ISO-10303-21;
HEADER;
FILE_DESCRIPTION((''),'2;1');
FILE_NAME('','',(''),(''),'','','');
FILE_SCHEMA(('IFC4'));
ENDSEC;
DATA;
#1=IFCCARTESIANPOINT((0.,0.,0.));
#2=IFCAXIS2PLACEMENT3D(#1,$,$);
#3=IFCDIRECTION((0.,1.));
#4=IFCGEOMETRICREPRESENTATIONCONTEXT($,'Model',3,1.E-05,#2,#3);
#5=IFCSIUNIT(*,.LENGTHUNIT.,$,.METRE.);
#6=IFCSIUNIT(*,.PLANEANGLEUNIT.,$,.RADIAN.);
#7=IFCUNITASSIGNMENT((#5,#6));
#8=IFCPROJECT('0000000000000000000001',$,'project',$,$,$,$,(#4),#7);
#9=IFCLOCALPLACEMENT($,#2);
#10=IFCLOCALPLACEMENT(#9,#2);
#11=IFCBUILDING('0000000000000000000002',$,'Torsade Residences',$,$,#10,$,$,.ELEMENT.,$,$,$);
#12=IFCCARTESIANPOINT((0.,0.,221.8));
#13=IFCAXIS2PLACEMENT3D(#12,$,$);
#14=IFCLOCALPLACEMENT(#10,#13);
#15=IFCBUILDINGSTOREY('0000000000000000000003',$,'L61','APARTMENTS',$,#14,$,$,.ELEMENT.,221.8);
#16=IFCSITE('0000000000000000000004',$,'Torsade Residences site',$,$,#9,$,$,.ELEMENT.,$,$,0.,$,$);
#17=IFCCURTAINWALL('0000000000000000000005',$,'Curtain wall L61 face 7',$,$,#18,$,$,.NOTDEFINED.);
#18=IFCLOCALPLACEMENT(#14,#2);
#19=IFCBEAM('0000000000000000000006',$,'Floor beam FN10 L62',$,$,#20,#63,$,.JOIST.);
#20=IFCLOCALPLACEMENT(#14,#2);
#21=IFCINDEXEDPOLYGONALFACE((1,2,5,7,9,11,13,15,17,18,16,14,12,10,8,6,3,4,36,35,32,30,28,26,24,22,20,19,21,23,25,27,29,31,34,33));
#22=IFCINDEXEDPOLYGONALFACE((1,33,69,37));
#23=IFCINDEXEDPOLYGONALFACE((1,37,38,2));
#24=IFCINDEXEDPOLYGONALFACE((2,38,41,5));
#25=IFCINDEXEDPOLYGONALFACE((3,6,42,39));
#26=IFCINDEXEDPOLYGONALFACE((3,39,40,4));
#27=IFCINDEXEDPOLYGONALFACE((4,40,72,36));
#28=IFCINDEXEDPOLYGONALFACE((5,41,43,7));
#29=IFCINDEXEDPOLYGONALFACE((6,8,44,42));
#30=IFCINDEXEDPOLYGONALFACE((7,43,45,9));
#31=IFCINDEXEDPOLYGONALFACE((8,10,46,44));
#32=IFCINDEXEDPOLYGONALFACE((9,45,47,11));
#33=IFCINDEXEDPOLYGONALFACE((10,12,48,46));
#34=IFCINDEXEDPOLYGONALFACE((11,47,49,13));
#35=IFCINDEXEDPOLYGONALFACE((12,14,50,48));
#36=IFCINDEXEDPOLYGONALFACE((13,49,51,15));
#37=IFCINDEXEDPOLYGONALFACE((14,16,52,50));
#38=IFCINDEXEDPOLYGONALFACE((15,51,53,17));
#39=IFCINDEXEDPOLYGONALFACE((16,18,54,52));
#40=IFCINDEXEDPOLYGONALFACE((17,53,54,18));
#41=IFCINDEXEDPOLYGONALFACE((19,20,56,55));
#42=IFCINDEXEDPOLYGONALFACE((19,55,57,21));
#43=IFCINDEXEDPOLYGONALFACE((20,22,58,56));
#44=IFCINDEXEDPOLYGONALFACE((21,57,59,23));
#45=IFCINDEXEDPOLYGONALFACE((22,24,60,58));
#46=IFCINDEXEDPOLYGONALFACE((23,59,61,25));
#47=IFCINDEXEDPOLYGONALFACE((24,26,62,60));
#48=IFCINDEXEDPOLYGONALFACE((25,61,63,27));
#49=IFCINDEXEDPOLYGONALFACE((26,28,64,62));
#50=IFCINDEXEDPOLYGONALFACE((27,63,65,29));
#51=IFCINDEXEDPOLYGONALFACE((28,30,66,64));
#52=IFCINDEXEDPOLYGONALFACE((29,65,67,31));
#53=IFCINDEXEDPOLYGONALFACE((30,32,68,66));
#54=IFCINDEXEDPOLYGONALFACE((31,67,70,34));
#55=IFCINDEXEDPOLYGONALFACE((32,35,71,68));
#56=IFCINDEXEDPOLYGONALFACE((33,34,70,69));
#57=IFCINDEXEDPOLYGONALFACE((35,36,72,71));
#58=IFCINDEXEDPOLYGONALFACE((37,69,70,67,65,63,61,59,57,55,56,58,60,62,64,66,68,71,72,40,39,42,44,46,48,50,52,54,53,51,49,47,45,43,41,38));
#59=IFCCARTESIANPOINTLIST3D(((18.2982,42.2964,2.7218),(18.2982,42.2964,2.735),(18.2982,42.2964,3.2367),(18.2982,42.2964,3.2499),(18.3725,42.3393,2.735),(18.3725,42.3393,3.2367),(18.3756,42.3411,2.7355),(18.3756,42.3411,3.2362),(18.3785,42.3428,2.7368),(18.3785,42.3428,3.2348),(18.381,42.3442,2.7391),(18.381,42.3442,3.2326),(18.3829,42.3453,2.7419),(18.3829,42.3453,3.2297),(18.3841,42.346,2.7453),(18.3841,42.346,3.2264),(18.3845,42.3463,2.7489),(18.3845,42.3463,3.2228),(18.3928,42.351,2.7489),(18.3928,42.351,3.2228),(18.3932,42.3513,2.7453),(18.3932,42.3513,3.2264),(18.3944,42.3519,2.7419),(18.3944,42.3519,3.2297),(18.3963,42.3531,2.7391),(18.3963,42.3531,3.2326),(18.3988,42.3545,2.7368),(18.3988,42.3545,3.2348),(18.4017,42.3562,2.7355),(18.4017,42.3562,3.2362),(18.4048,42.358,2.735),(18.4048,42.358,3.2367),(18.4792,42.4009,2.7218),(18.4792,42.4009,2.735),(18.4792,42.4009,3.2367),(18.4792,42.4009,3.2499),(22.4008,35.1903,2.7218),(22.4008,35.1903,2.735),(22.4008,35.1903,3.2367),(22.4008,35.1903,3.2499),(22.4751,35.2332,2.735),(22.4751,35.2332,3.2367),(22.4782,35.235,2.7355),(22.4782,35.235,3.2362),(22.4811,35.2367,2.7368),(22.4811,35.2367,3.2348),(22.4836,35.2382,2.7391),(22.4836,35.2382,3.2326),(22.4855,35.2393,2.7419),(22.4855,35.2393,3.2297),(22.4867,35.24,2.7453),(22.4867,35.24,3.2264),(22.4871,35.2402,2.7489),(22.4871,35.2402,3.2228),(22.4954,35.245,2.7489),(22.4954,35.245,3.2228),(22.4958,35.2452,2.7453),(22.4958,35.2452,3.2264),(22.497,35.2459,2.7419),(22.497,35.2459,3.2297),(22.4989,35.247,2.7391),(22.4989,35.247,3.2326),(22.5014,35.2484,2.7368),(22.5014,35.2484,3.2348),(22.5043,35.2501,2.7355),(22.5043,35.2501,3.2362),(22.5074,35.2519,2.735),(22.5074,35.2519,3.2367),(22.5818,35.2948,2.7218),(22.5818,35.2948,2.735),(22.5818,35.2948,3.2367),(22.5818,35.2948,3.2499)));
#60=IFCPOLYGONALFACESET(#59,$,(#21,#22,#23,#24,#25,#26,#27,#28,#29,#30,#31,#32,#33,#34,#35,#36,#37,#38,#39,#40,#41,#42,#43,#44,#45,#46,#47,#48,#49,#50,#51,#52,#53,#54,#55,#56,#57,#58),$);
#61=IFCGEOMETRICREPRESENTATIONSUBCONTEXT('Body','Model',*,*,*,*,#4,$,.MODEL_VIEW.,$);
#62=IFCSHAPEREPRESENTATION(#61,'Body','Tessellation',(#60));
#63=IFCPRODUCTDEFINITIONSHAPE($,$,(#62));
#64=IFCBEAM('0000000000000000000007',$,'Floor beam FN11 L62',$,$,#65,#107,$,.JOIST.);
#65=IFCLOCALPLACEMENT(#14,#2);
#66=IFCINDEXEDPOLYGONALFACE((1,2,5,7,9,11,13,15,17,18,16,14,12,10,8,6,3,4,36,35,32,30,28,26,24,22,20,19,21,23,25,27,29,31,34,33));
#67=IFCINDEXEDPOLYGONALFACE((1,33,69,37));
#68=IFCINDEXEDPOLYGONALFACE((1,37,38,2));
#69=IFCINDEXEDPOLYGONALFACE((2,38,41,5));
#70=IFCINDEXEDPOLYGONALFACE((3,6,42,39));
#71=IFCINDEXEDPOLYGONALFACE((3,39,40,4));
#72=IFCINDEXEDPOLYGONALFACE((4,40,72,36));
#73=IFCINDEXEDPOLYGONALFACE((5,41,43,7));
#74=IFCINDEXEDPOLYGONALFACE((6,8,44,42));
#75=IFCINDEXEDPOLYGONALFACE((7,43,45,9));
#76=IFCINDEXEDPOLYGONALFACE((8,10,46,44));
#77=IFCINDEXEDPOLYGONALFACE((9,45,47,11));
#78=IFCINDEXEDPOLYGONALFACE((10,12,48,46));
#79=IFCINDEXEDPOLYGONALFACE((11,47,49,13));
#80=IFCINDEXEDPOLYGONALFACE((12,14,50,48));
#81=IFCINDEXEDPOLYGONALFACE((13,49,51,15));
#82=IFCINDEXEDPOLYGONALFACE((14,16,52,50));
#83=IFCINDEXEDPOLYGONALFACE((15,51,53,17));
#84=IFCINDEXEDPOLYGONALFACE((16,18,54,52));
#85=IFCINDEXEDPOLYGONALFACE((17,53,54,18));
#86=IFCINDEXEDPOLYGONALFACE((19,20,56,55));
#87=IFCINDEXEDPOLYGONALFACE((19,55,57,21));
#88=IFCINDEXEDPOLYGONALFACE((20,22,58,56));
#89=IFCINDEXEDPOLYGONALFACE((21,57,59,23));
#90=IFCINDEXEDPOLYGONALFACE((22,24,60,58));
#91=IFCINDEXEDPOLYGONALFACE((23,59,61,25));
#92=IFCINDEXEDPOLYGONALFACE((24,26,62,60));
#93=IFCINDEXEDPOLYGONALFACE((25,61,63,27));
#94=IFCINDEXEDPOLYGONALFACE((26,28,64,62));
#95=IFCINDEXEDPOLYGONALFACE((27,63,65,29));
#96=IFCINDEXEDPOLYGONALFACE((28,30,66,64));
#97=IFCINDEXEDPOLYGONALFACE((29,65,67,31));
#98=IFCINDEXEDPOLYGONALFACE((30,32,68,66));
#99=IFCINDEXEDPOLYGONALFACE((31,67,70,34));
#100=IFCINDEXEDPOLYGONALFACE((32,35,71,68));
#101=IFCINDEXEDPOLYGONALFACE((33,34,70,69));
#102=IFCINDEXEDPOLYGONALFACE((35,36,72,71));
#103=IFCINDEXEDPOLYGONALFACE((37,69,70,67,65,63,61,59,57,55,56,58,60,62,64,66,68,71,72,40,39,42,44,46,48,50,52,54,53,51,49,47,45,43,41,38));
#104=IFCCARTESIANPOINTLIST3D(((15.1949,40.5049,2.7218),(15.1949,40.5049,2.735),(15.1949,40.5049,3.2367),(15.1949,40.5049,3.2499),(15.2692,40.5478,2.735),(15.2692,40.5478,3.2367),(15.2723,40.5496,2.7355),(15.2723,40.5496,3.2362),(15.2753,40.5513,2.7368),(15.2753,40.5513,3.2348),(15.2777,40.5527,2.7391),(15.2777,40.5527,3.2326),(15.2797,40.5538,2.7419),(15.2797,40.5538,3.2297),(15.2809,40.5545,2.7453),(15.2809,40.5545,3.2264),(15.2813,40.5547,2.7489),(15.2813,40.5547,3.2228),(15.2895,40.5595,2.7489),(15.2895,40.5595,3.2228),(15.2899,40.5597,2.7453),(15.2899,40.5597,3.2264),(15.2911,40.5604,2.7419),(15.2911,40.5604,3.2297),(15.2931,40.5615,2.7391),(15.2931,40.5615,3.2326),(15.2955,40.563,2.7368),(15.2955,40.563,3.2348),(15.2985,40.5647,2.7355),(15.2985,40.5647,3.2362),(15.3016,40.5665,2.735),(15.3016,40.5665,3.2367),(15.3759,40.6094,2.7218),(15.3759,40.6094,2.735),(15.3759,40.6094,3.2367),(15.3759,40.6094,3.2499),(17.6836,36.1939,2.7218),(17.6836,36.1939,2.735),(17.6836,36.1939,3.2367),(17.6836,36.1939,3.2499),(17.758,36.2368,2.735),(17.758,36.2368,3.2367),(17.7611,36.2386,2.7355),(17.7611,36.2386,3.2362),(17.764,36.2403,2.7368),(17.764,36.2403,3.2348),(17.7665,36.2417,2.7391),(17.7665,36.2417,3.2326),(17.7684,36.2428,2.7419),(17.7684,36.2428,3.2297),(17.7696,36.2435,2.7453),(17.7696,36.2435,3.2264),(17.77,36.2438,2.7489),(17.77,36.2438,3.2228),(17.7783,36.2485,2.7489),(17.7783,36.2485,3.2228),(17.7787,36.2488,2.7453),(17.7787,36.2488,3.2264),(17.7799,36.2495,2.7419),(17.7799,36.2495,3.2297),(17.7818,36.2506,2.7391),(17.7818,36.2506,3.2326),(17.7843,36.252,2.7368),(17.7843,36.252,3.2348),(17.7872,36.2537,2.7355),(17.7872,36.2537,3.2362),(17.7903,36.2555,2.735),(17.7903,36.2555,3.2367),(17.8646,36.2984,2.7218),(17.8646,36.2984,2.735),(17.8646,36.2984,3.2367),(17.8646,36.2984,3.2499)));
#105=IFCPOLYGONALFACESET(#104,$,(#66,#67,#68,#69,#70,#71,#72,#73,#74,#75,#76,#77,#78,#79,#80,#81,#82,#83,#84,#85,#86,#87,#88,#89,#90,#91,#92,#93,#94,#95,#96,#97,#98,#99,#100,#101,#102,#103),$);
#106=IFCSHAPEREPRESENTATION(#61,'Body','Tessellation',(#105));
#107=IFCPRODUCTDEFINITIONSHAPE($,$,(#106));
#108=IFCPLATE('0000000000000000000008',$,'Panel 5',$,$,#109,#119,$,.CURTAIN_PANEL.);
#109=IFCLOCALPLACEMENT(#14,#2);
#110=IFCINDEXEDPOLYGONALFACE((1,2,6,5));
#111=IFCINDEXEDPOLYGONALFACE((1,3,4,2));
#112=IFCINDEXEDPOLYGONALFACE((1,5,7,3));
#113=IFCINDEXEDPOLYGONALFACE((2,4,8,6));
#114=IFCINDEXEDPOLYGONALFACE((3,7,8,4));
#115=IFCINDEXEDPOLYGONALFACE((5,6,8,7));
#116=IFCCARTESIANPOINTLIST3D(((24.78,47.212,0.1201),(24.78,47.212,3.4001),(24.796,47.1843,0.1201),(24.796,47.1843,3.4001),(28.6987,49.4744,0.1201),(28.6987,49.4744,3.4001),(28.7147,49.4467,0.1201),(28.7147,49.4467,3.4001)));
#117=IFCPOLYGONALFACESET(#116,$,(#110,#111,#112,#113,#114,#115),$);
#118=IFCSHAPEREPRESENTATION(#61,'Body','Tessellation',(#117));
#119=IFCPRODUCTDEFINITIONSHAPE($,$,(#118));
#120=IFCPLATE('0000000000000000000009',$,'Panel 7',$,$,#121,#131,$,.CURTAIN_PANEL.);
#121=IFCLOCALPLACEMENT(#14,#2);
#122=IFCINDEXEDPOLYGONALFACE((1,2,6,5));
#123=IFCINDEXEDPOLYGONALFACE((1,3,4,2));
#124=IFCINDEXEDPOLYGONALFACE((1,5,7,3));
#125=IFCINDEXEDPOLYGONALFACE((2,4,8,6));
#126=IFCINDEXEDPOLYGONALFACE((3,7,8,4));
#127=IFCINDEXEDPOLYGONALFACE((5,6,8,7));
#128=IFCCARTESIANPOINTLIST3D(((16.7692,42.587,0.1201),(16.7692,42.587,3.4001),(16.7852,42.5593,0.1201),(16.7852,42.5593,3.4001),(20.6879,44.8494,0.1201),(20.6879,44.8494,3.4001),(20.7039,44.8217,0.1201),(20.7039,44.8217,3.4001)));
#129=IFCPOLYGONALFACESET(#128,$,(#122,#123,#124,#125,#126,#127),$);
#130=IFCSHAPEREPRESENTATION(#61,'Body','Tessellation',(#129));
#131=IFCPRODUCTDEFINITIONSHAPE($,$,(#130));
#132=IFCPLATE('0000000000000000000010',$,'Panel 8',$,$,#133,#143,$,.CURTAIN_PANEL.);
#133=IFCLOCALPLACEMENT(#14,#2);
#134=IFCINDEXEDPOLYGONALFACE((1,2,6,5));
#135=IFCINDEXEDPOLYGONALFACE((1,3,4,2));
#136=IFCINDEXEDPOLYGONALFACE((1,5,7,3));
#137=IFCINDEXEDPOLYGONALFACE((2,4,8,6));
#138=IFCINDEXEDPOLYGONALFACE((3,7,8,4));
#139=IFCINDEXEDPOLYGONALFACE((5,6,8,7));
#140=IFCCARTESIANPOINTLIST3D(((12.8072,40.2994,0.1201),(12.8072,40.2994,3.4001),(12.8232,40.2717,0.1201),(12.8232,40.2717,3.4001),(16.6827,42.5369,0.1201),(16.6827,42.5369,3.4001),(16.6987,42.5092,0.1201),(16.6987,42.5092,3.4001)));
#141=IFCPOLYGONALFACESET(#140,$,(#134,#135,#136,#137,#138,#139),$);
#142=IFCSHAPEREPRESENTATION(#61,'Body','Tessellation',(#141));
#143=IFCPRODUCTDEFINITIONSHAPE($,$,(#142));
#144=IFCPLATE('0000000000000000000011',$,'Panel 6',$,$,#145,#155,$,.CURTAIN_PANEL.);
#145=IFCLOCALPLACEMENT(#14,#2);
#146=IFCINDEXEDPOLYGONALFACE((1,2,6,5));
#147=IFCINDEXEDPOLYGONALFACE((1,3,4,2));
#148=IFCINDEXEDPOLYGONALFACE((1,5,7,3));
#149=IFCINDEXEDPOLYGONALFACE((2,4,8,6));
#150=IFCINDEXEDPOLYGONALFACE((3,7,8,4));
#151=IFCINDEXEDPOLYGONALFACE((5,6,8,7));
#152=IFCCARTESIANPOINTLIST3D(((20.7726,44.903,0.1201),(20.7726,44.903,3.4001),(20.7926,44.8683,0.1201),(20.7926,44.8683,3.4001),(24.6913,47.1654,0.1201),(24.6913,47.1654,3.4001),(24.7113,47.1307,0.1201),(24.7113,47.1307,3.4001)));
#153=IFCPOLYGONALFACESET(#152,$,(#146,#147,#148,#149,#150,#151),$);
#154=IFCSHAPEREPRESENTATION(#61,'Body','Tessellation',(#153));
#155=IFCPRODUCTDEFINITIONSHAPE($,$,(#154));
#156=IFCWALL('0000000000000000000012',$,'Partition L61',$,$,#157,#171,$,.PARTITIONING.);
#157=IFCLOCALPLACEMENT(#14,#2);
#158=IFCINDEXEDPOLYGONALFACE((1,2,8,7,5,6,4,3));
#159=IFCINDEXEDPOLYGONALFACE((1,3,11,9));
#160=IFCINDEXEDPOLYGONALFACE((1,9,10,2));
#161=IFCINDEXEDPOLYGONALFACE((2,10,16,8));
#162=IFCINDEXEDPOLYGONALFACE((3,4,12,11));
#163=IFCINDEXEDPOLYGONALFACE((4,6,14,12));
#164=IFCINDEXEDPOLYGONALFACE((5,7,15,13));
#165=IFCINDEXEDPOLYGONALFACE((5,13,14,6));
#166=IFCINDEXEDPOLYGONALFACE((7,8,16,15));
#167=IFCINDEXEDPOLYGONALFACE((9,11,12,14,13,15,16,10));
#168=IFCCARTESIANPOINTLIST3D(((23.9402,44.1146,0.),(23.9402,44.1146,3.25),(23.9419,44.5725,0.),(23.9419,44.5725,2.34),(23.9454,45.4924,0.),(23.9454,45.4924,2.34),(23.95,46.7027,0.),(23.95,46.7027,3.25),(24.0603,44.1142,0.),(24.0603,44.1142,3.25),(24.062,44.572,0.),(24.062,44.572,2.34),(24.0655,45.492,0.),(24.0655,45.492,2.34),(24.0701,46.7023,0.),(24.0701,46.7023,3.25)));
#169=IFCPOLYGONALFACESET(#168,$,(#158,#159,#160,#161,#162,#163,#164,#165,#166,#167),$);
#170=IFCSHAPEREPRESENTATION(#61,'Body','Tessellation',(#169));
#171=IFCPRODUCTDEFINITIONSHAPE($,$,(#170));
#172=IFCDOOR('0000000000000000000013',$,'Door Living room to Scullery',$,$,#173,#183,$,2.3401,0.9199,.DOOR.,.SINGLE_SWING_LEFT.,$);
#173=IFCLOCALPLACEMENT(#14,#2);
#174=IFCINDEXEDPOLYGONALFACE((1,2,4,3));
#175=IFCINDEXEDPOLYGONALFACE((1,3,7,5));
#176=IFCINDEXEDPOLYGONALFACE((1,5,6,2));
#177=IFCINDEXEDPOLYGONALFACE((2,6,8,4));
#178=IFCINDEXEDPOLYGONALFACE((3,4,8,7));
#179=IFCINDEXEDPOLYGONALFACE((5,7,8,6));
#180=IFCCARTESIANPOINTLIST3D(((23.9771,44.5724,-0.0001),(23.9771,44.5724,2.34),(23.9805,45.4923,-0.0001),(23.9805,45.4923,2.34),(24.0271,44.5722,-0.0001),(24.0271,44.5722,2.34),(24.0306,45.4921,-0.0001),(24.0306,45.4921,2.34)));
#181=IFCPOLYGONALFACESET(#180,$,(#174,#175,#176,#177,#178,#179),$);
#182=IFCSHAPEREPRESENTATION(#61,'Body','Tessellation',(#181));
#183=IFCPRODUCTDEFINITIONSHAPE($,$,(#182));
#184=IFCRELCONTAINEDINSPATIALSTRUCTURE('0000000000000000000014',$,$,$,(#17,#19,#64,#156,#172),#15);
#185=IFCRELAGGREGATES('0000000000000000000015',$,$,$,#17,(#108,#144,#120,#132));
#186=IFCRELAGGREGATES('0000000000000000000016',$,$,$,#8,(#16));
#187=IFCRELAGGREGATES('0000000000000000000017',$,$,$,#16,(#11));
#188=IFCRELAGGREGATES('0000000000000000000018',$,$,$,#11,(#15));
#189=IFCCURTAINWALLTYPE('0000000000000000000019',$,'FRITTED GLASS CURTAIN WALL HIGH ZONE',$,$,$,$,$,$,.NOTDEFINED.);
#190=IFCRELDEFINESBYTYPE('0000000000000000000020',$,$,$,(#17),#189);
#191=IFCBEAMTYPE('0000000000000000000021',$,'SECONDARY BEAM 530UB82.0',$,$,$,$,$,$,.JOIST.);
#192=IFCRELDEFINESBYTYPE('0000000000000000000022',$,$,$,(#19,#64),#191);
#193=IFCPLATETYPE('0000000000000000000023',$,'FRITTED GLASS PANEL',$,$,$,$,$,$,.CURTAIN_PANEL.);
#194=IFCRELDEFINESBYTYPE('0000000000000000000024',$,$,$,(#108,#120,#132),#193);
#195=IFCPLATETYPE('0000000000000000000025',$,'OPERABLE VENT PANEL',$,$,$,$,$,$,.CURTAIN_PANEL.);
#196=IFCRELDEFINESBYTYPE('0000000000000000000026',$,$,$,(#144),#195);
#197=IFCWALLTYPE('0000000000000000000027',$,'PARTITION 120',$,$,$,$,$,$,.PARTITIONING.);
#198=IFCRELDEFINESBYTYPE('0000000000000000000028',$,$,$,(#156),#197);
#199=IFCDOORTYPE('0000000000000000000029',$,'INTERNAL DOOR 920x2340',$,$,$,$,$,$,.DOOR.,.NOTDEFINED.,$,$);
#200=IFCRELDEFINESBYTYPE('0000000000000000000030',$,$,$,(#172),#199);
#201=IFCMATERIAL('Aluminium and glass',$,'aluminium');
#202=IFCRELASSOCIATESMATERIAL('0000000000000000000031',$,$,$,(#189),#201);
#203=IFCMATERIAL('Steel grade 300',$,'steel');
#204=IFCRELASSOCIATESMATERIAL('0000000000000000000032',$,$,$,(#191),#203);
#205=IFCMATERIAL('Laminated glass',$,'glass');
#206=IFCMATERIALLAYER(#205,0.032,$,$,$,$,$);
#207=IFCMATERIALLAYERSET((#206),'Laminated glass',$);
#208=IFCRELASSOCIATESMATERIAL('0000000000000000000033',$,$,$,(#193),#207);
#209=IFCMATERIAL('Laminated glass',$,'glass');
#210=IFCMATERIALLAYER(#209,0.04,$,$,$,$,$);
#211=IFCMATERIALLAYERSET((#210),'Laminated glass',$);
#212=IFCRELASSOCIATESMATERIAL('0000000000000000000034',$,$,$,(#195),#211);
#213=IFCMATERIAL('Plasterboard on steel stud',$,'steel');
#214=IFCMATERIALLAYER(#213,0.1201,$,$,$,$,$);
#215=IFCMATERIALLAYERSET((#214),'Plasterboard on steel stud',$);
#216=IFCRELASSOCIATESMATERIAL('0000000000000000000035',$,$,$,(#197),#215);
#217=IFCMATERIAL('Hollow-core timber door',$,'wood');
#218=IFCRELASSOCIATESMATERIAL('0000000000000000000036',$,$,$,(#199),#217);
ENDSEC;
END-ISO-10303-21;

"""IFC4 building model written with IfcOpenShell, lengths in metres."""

from ifc_helpers import new_model, si_unit, direction, frame, frame_2d, origin, origin_2d, place, context, subcontext, project, spatial, rectangle, i_section, extrude, material, layer, layer_set, material_profile, profile_set, type_object, element, fill, aggregate, save


model = new_model("IFC4")

# Units and contexts
model_context = context("Model", 3, precision=1e-05, world=origin(), true_north=direction((0.0, 1.0)))
body_context = subcontext(model_context, "Body", "Model", "MODEL_VIEW")
ifc_project = project(units=[si_unit("LENGTHUNIT", "METRE"), si_unit("PLANEANGLEUNIT", "RADIAN")], contexts=[model_context])

# Site, building, storey
site_placement = place(None, origin())
site = spatial("IfcSite", under=ifc_project, at=site_placement, Name="Torsade Residences site", CompositionType="ELEMENT", RefElevation=0.0)
building_placement = place(site_placement, origin())
building = spatial("IfcBuilding", under=site, at=building_placement, Name="Torsade Residences", CompositionType="ELEMENT")
storey_placement = place(building_placement, frame((0.0, 0.0, 221.8)))
storey = spatial("IfcBuildingStorey", under=building, at=storey_placement, Name="L61", Description="APARTMENTS", CompositionType="ELEMENT", Elevation=221.8)

# Curtain wall
ifc_material_1 = material(Name="Aluminium and glass", Category="aluminium")
curtain_wall_type = type_object("IfcCurtainWallType", Name="FRITTED GLASS CURTAIN WALL HIGH ZONE", PredefinedType="NOTDEFINED", material=ifc_material_1)
curtain_wall_placement = place(storey_placement, origin())
curtain_wall = element("IfcCurtainWall", 1, at=curtain_wall_placement, inside=storey, type_object=curtain_wall_type, Name="Curtain wall L61 face 7", PredefinedType="NOTDEFINED")

# Beams
ifc_material_2 = material(Name="Steel grade 300", Category="steel")
ifc_material_profile_1 = material_profile(ifc_material_2, i_section(OverallWidth=0.209, OverallDepth=0.5281, WebThickness=0.0095, FlangeThickness=0.0132, FilletRadius=0.0139, at=origin_2d()), Name="530UB82.0")
ifc_profile_set_1 = profile_set([ifc_material_profile_1], Name="Steel grade 300")
beam_type_1 = type_object("IfcBeamType", Name="SECONDARY BEAM 530UB82.0", PredefinedType="JOIST", material=ifc_profile_set_1)
beam_1_placement = place(storey_placement, frame((18.3887, 42.3486, 2.9858), z_axis=(0.499992, -0.86603, 0.0), x_axis=(0.86603, 0.499992, 0.0)))
element("IfcBeam", 2, at=beam_1_placement, inside=storey, type_object=beam_type_1, Name="Floor beam FN10 L62", PredefinedType="JOIST", context=body_context, shape_type="SweptSolid", body=[
    extrude(i_section(OverallWidth=0.209, OverallDepth=0.5281, WebThickness=0.0095, FlangeThickness=0.0132, FilletRadius=0.0139, at=origin_2d()), origin(), (0.0, 0.0, 1.0), 8.2053),
])
beam_2_placement = place(storey_placement, frame((15.2854, 40.5571, 2.9858), z_axis=(0.499969, -0.866043, 0.0), x_axis=(0.866043, 0.499969, 0.0)))
element("IfcBeam", 3, at=beam_2_placement, inside=storey, type_object=beam_type_1, Name="Floor beam FN11 L62", PredefinedType="JOIST", context=body_context, shape_type="SweptSolid", body=[
    extrude(i_section(OverallWidth=0.209, OverallDepth=0.5281, WebThickness=0.0095, FlangeThickness=0.0132, FilletRadius=0.0139, at=origin_2d()), origin(), (0.0, 0.0, 1.0), 4.9778),
])

# Plates
ifc_material_3 = material(Name="Laminated glass", Category="glass")
ifc_layer_1 = layer(ifc_material_3, 0.032)
ifc_layer_set_1 = layer_set([ifc_layer_1], Name="Laminated glass")
plate_type_1 = type_object("IfcPlateType", Name="FRITTED GLASS PANEL", PredefinedType="CURTAIN_PANEL", material=ifc_layer_set_1)
plate_1_placement = place(storey_placement, frame((26.7473, 48.3293, 0.1201), z_axis=(0.0, 0.0, 1.0), x_axis=(-0.866025, -0.5, 0.0)))
plate_1 = element("IfcPlate", 4, at=plate_1_placement, type_object=plate_type_1, Name="Panel 5", PredefinedType="CURTAIN_PANEL", context=body_context, shape_type="SweptSolid", body=[
    extrude(rectangle(XDim=4.5249, YDim=0.032, at=origin_2d()), origin(), (0.0, 0.0, 1.0), 3.28),
])
plate_2_placement = place(storey_placement, frame((18.7366, 43.7043, 0.1201), z_axis=(0.0, 0.0, 1.0), x_axis=(-0.866025, -0.5, 0.0)))
plate_2 = element("IfcPlate", 5, at=plate_2_placement, type_object=plate_type_1, Name="Panel 7", PredefinedType="CURTAIN_PANEL", context=body_context, shape_type="SweptSolid", body=[
    extrude(rectangle(XDim=4.5249, YDim=0.032, at=origin_2d()), origin(), (0.0, 0.0, 1.0), 3.28),
])
plate_3_placement = place(storey_placement, frame((14.7529, 41.4043, 0.1201), z_axis=(0.0, 0.0, 1.0), x_axis=(-0.866025, -0.5, 0.0)))
plate_3 = element("IfcPlate", 6, at=plate_3_placement, type_object=plate_type_1, Name="Panel 8", PredefinedType="CURTAIN_PANEL", context=body_context, shape_type="SweptSolid", body=[
    extrude(rectangle(XDim=4.4751, YDim=0.032, at=origin_2d()), origin(), (0.0, 0.0, 1.0), 3.28),
])
ifc_material_4 = material(Name="Laminated glass", Category="glass")
ifc_layer_2 = layer(ifc_material_4, 0.04)
ifc_layer_set_2 = layer_set([ifc_layer_2], Name="Laminated glass")
plate_type_2 = type_object("IfcPlateType", Name="OPERABLE VENT PANEL", PredefinedType="CURTAIN_PANEL", material=ifc_layer_set_2)
plate_4_placement = place(storey_placement, frame((22.7419, 46.0168, 0.1201), z_axis=(0.0, 0.0, 1.0), x_axis=(-0.866025, -0.5, 0.0)))
plate_4 = element("IfcPlate", 7, at=plate_4_placement, type_object=plate_type_2, Name="Panel 6", PredefinedType="CURTAIN_PANEL", context=body_context, shape_type="SweptSolid", body=[
    extrude(rectangle(XDim=4.5249, YDim=0.04, at=origin_2d()), origin(), (0.0, 0.0, 1.0), 3.28),
])
aggregate(curtain_wall, [plate_1, plate_4, plate_2, plate_3])

# Wall, opening, door
ifc_material_5 = material(Name="Plasterboard on steel stud", Category="steel")
ifc_layer_3 = layer(ifc_material_5, 0.1201)
ifc_layer_set_3 = layer_set([ifc_layer_3], Name="Plasterboard on steel stud")
wall_type_1 = type_object("IfcWallType", Name="PARTITION 120", PredefinedType="PARTITIONING", material=ifc_layer_set_3)
wall_1_placement = place(storey_placement, frame((24.0002, 44.1145, 0.0), z_axis=(0.0, 0.0, 1.0), x_axis=(0.003773, 0.999993, 0.0)))
wall_1 = element("IfcWall", 8, at=wall_1_placement, inside=storey, type_object=wall_type_1, Name="Partition L61", PredefinedType="PARTITIONING", context=body_context, shape_type="SweptSolid", body=[
    extrude(rectangle(XDim=2.5881, YDim=0.1201, at=frame_2d((1.2939, 0.0))), origin(), (0.0, 0.0, 1.0), 3.25),
])
opening_1_placement = place(wall_1_placement, frame((0.4578, 0.0, 0.0)))
opening_1 = element("IfcOpeningElement", 9, at=opening_1_placement, cuts=wall_1, PredefinedType="OPENING", context=body_context, shape_type="SweptSolid", body=[
    extrude(rectangle(XDim=0.9199, YDim=2.3401, at=frame_2d((0.46, 1.1699))), frame((0.0, 0.0701, 0.0), z_axis=(0.0, -1.0, 0.0), x_axis=(1.0, 0.0, 0.0)), (0.0, 0.0, 1.0), 0.1401),
])
ifc_material_6 = material(Name="Hollow-core timber door", Category="wood")
door_type_1 = type_object("IfcDoorType", Name="INTERNAL DOOR 920x2340", OperationType="NOTDEFINED", PredefinedType="DOOR", material=ifc_material_6)
door_1_placement = place(opening_1_placement, origin())
door_1 = element("IfcDoor", 10, at=door_1_placement, inside=storey, type_object=door_type_1, Name="Door Living room to Scullery", OperationType="SINGLE_SWING_LEFT", OverallHeight=2.3401, OverallWidth=0.9199, PredefinedType="DOOR", context=body_context, shape_type="SweptSolid", body=[
    extrude(rectangle(XDim=0.9199, YDim=2.3401, at=frame_2d((0.46, 1.1699))), frame((0.0, 0.0249, 0.0), z_axis=(0.0, -1.0, 0.0), x_axis=(1.0, 0.0, 0.0)), (0.0, 0.0, 1.0), 0.05),
])
fill(opening_1, door_1)

save(model, "model.ifc")
